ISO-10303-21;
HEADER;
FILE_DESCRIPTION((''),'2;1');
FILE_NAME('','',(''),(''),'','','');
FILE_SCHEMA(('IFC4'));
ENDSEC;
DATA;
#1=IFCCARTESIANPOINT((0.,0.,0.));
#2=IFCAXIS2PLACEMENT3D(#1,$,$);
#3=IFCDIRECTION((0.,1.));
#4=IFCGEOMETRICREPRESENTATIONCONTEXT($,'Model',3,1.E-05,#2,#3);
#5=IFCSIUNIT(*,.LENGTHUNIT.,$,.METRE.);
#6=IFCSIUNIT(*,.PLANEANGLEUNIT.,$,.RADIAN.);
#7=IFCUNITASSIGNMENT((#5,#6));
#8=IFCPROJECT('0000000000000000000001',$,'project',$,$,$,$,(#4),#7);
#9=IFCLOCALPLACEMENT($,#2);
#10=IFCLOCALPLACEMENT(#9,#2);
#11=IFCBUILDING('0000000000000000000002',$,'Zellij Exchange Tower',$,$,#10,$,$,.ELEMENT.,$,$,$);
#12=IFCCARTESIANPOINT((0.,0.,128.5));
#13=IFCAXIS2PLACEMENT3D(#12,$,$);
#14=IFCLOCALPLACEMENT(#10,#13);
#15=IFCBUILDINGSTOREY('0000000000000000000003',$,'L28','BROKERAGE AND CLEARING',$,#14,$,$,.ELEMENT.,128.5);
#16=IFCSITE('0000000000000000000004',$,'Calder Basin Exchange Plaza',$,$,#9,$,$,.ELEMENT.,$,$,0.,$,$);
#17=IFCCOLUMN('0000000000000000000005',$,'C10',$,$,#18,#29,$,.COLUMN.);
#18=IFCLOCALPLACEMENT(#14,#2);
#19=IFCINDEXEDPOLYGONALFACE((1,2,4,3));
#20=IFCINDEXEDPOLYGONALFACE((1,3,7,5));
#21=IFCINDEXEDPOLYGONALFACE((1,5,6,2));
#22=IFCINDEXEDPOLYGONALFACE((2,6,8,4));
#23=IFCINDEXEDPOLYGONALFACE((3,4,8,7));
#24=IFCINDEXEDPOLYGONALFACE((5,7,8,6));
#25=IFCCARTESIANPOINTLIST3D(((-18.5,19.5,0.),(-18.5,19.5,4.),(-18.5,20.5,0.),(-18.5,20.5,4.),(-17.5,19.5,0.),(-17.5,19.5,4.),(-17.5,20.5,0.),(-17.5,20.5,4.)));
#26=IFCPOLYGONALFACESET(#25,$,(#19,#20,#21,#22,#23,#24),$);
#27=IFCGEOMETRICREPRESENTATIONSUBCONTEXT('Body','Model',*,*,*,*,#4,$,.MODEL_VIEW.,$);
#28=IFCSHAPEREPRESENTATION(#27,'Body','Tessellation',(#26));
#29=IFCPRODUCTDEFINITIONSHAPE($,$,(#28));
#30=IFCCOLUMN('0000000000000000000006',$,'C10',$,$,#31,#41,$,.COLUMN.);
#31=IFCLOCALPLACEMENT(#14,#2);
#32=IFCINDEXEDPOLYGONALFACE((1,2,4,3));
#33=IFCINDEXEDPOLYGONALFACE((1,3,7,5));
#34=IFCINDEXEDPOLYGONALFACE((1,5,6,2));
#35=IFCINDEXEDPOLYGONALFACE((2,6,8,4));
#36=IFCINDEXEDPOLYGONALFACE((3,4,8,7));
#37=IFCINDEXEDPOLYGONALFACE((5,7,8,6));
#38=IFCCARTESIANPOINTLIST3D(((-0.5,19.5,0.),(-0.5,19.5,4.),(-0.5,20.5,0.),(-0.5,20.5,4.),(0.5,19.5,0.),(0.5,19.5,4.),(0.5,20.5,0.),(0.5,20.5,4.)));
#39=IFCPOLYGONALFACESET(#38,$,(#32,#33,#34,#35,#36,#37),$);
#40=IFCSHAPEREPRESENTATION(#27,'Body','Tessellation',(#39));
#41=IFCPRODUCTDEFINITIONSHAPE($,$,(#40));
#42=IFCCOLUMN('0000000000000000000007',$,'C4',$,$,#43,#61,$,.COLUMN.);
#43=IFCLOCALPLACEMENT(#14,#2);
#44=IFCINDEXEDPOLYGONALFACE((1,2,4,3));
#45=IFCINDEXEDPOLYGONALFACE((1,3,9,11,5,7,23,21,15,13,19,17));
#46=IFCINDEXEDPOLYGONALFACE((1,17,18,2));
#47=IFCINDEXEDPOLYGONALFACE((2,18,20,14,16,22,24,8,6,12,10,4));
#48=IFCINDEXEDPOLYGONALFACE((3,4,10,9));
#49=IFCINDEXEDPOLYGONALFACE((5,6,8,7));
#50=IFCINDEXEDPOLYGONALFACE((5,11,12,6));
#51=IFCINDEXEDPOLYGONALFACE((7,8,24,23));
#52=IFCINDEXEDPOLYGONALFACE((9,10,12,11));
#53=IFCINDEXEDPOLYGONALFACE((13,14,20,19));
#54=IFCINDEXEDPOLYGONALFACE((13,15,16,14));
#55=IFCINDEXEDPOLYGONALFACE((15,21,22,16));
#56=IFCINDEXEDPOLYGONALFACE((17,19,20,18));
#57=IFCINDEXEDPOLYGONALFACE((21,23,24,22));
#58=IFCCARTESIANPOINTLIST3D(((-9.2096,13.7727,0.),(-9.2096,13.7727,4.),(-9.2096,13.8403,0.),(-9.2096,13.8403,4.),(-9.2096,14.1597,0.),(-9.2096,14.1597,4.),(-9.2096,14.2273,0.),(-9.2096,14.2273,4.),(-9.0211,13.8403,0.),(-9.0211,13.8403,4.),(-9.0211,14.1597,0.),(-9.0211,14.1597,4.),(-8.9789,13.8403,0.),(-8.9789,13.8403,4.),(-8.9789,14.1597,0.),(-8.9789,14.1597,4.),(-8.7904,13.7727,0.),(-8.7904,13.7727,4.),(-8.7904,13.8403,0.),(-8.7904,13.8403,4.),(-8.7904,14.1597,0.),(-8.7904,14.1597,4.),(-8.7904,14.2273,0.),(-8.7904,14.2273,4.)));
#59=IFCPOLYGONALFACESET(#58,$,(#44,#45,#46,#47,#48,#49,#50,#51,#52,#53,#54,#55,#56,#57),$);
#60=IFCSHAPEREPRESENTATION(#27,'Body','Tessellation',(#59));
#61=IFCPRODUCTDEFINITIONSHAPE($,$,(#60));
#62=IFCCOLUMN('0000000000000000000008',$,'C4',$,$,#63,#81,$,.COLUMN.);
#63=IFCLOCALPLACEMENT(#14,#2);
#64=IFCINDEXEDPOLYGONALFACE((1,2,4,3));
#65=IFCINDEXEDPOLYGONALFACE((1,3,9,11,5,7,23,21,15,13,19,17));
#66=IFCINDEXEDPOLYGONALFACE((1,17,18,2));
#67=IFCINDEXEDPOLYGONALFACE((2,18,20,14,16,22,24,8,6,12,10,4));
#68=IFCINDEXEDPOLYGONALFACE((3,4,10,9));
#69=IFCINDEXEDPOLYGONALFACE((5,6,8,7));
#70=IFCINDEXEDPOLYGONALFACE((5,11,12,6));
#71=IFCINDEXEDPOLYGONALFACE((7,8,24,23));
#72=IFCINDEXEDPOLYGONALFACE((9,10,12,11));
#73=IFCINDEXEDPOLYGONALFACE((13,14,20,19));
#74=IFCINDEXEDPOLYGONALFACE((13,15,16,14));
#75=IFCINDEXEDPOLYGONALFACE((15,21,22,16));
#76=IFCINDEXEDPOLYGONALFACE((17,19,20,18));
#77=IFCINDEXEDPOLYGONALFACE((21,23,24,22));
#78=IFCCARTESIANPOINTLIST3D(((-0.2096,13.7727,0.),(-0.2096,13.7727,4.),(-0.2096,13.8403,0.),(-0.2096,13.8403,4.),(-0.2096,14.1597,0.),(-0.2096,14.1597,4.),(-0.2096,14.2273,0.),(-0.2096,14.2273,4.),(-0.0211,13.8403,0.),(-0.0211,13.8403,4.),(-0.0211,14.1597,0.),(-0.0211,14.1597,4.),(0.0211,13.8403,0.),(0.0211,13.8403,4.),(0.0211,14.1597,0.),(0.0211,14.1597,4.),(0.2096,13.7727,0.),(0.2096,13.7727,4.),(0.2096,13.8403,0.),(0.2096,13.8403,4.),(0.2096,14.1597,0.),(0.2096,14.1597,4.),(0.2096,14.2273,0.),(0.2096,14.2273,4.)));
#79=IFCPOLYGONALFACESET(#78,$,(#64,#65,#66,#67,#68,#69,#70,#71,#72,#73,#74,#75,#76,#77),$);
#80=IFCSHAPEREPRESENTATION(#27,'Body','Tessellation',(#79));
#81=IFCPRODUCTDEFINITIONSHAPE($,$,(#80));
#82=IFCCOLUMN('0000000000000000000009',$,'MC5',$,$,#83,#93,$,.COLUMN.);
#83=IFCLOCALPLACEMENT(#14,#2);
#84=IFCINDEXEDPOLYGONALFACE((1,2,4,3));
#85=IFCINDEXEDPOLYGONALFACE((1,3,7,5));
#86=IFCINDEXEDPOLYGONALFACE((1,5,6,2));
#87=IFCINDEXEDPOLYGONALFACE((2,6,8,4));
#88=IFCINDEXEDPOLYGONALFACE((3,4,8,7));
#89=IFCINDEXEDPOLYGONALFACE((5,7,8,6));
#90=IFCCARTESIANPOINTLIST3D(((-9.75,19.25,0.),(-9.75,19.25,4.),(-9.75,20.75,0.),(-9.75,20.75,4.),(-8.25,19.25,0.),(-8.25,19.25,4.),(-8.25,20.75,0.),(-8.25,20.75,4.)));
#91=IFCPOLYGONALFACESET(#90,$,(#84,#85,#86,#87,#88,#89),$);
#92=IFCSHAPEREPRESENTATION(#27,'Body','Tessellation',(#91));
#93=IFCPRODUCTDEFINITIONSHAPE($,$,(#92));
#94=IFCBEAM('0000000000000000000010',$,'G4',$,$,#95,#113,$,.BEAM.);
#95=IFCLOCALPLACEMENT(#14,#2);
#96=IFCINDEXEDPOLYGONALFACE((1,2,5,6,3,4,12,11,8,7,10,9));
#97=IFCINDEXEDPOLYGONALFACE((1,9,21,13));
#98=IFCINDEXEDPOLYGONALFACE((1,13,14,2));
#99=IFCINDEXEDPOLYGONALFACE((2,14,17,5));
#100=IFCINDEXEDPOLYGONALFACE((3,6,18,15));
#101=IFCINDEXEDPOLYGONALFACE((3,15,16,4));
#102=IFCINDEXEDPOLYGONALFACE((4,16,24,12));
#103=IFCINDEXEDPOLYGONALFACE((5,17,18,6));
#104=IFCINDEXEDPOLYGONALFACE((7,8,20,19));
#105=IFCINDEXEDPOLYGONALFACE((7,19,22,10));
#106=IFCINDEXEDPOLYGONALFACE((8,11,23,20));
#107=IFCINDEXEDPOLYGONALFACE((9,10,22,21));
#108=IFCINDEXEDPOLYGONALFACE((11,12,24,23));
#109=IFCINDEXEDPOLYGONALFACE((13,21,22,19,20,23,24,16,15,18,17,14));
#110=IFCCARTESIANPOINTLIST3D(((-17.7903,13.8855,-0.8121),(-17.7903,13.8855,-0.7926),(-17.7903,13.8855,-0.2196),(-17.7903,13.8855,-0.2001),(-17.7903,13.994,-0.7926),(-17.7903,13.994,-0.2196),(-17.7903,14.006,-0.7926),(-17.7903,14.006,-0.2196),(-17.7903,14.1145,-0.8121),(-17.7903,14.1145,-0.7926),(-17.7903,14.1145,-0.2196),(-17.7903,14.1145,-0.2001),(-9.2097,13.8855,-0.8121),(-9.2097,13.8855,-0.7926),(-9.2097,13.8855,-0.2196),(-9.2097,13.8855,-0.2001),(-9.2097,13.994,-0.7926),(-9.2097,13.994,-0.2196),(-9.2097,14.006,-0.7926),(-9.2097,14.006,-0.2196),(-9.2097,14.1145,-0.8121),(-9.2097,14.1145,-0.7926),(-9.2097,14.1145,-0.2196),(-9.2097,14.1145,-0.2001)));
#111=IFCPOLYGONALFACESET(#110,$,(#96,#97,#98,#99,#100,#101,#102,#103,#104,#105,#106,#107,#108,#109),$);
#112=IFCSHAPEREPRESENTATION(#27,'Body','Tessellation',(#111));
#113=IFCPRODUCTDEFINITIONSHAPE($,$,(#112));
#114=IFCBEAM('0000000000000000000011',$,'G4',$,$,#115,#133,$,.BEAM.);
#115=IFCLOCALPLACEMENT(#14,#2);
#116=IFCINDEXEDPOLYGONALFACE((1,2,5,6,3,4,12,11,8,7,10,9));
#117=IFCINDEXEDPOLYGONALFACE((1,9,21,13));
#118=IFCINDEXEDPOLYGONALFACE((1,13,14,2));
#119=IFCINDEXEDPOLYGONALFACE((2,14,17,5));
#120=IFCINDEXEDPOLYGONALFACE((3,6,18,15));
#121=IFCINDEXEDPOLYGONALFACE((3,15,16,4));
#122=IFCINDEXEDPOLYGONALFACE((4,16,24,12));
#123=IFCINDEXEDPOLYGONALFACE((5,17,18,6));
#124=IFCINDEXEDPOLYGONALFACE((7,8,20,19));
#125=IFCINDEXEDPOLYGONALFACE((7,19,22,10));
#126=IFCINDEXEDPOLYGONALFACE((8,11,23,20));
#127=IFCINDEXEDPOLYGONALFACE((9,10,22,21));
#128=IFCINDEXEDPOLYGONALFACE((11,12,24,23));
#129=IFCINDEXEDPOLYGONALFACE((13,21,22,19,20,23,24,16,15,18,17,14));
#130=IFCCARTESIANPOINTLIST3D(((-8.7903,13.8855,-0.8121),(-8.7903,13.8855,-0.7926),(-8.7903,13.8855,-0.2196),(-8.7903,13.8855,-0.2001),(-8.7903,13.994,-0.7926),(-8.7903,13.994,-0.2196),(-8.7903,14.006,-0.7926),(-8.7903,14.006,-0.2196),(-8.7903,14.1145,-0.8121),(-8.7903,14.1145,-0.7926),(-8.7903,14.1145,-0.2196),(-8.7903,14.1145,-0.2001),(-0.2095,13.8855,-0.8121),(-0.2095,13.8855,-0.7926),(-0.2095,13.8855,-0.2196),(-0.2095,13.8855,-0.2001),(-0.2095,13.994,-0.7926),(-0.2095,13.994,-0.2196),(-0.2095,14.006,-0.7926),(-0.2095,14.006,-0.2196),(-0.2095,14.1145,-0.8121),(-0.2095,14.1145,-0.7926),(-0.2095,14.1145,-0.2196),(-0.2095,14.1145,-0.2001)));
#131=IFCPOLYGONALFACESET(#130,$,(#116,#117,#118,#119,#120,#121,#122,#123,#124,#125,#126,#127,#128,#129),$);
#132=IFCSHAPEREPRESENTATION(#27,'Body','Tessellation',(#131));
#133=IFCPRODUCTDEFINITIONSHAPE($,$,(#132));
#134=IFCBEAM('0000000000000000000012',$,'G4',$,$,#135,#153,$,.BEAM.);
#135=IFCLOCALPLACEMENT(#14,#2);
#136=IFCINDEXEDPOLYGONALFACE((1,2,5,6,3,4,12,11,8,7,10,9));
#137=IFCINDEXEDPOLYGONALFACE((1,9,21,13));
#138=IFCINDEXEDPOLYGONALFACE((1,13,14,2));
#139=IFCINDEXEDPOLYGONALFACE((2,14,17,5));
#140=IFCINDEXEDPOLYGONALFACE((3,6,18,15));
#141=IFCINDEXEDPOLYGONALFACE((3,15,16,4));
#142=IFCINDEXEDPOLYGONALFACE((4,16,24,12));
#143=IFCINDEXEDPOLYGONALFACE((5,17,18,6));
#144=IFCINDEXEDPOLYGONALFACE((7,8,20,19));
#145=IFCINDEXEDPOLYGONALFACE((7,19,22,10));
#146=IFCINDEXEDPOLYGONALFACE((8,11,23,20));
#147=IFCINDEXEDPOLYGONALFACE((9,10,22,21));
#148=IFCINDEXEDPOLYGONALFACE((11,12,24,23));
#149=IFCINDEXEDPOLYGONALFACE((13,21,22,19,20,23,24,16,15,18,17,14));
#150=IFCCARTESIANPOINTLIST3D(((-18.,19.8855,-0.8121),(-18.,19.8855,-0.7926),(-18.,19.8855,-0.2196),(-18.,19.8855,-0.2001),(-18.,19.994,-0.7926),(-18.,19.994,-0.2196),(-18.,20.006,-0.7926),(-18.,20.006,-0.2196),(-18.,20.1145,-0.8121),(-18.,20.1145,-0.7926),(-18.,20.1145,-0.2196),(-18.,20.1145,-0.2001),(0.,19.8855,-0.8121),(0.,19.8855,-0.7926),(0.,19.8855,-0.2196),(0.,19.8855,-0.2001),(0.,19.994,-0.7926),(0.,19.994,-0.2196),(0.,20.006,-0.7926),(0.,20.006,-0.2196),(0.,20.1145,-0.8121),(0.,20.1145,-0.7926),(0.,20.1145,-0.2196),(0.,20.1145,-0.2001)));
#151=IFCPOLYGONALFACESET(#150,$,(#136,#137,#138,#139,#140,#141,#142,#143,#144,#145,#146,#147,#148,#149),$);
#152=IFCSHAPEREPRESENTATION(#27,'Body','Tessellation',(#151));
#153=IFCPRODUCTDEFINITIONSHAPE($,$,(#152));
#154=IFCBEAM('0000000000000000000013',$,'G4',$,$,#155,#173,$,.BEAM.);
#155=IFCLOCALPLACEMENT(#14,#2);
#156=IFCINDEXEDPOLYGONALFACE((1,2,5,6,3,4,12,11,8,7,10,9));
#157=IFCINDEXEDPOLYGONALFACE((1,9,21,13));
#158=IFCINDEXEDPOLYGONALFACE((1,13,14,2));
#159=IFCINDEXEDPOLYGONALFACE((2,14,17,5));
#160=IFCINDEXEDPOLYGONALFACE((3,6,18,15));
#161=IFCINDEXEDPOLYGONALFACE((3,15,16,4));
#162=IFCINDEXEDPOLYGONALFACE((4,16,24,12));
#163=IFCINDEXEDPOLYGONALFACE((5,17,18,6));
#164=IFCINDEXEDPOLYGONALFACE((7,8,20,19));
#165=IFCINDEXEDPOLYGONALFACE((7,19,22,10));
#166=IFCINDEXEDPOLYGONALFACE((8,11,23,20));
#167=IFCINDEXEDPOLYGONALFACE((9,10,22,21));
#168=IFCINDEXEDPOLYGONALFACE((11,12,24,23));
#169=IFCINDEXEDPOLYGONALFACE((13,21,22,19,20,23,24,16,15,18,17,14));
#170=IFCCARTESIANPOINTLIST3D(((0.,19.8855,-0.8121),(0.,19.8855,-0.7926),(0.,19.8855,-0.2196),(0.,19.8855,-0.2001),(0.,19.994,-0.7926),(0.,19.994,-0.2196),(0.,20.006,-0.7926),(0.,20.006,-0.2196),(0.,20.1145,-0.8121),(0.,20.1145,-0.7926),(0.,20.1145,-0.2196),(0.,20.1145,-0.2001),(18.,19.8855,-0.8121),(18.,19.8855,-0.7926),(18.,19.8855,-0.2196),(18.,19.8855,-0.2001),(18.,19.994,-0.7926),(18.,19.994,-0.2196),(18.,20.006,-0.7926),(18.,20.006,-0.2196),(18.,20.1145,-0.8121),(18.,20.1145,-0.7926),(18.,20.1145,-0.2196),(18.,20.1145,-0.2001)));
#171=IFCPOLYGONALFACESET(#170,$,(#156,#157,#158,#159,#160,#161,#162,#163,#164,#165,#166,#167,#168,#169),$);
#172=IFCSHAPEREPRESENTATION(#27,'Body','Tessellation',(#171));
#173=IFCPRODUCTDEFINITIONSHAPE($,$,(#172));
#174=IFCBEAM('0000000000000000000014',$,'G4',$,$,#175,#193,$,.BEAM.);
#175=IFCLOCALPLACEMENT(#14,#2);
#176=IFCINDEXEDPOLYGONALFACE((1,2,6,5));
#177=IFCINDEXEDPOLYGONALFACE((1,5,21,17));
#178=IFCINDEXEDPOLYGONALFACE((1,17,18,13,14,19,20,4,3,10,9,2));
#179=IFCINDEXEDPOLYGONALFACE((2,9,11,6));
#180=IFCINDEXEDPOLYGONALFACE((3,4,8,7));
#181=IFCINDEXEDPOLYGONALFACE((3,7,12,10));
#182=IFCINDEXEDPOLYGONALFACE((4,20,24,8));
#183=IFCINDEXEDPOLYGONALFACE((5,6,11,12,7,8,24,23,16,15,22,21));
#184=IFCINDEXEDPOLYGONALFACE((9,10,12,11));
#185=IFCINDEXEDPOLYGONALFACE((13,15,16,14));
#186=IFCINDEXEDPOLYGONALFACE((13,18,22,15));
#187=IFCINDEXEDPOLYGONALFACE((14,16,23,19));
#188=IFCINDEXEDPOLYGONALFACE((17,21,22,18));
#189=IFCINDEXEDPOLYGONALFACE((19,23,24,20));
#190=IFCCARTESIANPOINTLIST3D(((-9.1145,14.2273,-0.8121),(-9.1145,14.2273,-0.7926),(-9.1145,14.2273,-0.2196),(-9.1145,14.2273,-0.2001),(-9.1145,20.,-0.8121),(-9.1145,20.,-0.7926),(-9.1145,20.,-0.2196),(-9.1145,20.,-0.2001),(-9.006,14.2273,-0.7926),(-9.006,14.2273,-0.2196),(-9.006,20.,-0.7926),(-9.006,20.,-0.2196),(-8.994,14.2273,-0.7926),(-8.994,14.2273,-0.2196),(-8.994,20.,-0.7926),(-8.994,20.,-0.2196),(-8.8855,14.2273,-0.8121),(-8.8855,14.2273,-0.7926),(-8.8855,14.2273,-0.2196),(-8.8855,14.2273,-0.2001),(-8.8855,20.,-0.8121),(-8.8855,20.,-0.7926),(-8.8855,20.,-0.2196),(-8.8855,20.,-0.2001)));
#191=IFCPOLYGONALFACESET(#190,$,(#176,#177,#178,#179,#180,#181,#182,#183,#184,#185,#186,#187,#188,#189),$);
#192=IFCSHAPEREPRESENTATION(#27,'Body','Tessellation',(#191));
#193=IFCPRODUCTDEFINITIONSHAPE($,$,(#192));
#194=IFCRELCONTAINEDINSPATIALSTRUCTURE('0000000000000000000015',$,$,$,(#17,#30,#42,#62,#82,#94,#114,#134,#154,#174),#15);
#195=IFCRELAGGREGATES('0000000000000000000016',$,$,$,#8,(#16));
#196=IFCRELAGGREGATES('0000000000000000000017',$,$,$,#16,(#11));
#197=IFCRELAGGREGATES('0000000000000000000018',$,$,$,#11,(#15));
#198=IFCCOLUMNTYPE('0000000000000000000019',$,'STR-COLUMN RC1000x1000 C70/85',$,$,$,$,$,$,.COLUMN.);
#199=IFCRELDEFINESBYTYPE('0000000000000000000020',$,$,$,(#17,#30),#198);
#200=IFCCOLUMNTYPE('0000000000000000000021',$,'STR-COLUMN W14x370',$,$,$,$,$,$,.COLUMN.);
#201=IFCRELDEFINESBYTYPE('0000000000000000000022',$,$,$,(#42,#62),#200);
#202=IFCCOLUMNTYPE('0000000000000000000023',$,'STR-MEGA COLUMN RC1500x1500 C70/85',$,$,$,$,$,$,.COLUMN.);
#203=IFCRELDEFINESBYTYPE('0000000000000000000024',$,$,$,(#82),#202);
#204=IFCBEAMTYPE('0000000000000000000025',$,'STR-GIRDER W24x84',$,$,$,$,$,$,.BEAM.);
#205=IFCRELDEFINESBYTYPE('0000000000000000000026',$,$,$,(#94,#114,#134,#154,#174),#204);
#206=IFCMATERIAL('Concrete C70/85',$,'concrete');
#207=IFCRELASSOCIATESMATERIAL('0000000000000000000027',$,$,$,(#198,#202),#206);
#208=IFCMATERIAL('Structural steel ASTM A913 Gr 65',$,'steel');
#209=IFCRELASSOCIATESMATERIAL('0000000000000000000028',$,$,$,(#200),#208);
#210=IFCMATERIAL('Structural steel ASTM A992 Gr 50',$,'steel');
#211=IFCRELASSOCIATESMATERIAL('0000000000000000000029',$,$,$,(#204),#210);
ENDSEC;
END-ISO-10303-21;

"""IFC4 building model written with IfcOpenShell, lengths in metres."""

from ifc_helpers import new_model, si_unit, direction, frame, origin, origin_2d, place, context, subcontext, project, spatial, rectangle, i_section, extrude, material, material_profile, profile_set, type_object, element, save


model = new_model("IFC4")

# Units and contexts
model_context = context("Model", 3, precision=1e-05, world=origin(), true_north=direction((0.0, 1.0)))
body_context = subcontext(model_context, "Body", "Model", "MODEL_VIEW")
ifc_project = project(units=[si_unit("LENGTHUNIT", "METRE"), si_unit("PLANEANGLEUNIT", "RADIAN")], contexts=[model_context])

# Site, building, storey
site_placement = place(None, origin())
site = spatial("IfcSite", under=ifc_project, at=site_placement, Name="Calder Basin Exchange Plaza", CompositionType="ELEMENT", RefElevation=0.0)
building_placement = place(site_placement, origin())
building = spatial("IfcBuilding", under=site, at=building_placement, Name="Zellij Exchange Tower", CompositionType="ELEMENT")
storey_placement = place(building_placement, frame((0.0, 0.0, 128.5)))
storey = spatial("IfcBuildingStorey", under=building, at=storey_placement, Name="L28", Description="BROKERAGE AND CLEARING", CompositionType="ELEMENT", Elevation=128.5)

# Columns
ifc_material_1 = material(Name="Concrete C70/85", Category="concrete")
ifc_material_profile_1 = material_profile(ifc_material_1, rectangle(XDim=1.0, YDim=1.0, at=origin_2d()), Name="STR-COLUMN RC1000x1000 C70/85")
ifc_profile_set_1 = profile_set([ifc_material_profile_1], Name="Concrete C70/85")
column_type_1 = type_object("IfcColumnType", Name="STR-COLUMN RC1000x1000 C70/85", PredefinedType="COLUMN", material=ifc_profile_set_1)
for number, where, z_axis, x_axis, name in (
    (1, (-18.0, 20.0, 0.0), (0.0, 0.0, 1.0), (1.0, 0.0, 0.0), "C10"),
    (2, (0.0, 20.0, 0.0), (0.0, 0.0, 1.0), (1.0, 0.0, 0.0), "C10"),
):
    element("IfcColumn", number, at=place(storey_placement, frame(where, z_axis=z_axis, x_axis=x_axis)), inside=storey, type_object=column_type_1, Name=name, PredefinedType="COLUMN", context=body_context, shape_type="SweptSolid", body=[
        extrude(rectangle(XDim=1.0, YDim=1.0, at=origin_2d()), origin(), (0.0, 0.0, 1.0), 4.0),
    ])
ifc_material_2 = material(Name="Structural steel ASTM A913 Gr 65", Category="steel")
ifc_material_profile_2 = material_profile(ifc_material_2, i_section(OverallWidth=0.4192, OverallDepth=0.4546, WebThickness=0.0422, FlangeThickness=0.0676, at=origin_2d()), Name="W14x370")
ifc_profile_set_2 = profile_set([ifc_material_profile_2], Name="Structural steel ASTM A913 Gr 65")
column_type_2 = type_object("IfcColumnType", Name="STR-COLUMN W14x370", PredefinedType="COLUMN", material=ifc_profile_set_2)
for number, where, z_axis, x_axis, name in (
    (3, (-9.0, 14.0, 0.0), (0.0, 0.0, 1.0), (1.0, 0.0, 0.0), "C4"),
    (4, (0.0, 14.0, 0.0), (0.0, 0.0, 1.0), (1.0, 0.0, 0.0), "C4"),
):
    element("IfcColumn", number, at=place(storey_placement, frame(where, z_axis=z_axis, x_axis=x_axis)), inside=storey, type_object=column_type_2, Name=name, PredefinedType="COLUMN", context=body_context, shape_type="SweptSolid", body=[
        extrude(i_section(OverallWidth=0.4192, OverallDepth=0.4546, WebThickness=0.0422, FlangeThickness=0.0676, at=origin_2d()), origin(), (0.0, 0.0, 1.0), 4.0),
    ])
ifc_material_profile_3 = material_profile(ifc_material_1, rectangle(XDim=1.5, YDim=1.5, at=origin_2d()), Name="STR-MEGA COLUMN RC1500x1500 C70/85")
ifc_profile_set_3 = profile_set([ifc_material_profile_3], Name="Concrete C70/85")
column_type_3 = type_object("IfcColumnType", Name="STR-MEGA COLUMN RC1500x1500 C70/85", PredefinedType="COLUMN", material=ifc_profile_set_3)
column_placement = place(storey_placement, frame((-9.0, 20.0, 0.0), z_axis=(0.0, 0.0, 1.0), x_axis=(1.0, 0.0, 0.0)))
element("IfcColumn", 5, at=column_placement, inside=storey, type_object=column_type_3, Name="MC5", PredefinedType="COLUMN", context=body_context, shape_type="SweptSolid", body=[
    extrude(rectangle(XDim=1.5, YDim=1.5, at=origin_2d()), origin(), (0.0, 0.0, 1.0), 4.0),
])

# Beams
ifc_material_3 = material(Name="Structural steel ASTM A992 Gr 50", Category="steel")
ifc_material_profile_4 = material_profile(ifc_material_3, i_section(OverallWidth=0.229, OverallDepth=0.6121, WebThickness=0.012, FlangeThickness=0.0195, at=origin_2d()), Name="W24x84")
ifc_profile_set_4 = profile_set([ifc_material_profile_4], Name="Structural steel ASTM A992 Gr 50")
beam_type = type_object("IfcBeamType", Name="STR-GIRDER W24x84", PredefinedType="BEAM", material=ifc_profile_set_4)
beam_1_placement = place(storey_placement, frame((-17.7903, 14.0, -0.5061), z_axis=(1.0, 0.0, 0.0), x_axis=(0.0, 1.0, 0.0)))
element("IfcBeam", 6, at=beam_1_placement, inside=storey, type_object=beam_type, Name="G4", PredefinedType="BEAM", context=body_context, shape_type="SweptSolid", body=[
    extrude(i_section(OverallWidth=0.229, OverallDepth=0.6121, WebThickness=0.012, FlangeThickness=0.0195, at=origin_2d()), origin(), (0.0, 0.0, 1.0), 8.5806),
])
beam_2_placement = place(storey_placement, frame((-8.7903, 14.0, -0.5061), z_axis=(1.0, 0.0, 0.0), x_axis=(0.0, 1.0, 0.0)))
element("IfcBeam", 7, at=beam_2_placement, inside=storey, type_object=beam_type, Name="G4", PredefinedType="BEAM", context=body_context, shape_type="SweptSolid", body=[
    extrude(i_section(OverallWidth=0.229, OverallDepth=0.6121, WebThickness=0.012, FlangeThickness=0.0195, at=origin_2d()), origin(), (0.0, 0.0, 1.0), 8.5808),
])
for number, where, z_axis, x_axis, name in (
    (8, (-18.0, 20.0, -0.5061), (1.0, 0.0, 0.0), (0.0, 1.0, 0.0), "G4"),
    (9, (0.0, 20.0, -0.5061), (1.0, 0.0, 0.0), (0.0, 1.0, 0.0), "G4"),
):
    element("IfcBeam", number, at=place(storey_placement, frame(where, z_axis=z_axis, x_axis=x_axis)), inside=storey, type_object=beam_type, Name=name, PredefinedType="BEAM", context=body_context, shape_type="SweptSolid", body=[
        extrude(i_section(OverallWidth=0.229, OverallDepth=0.6121, WebThickness=0.012, FlangeThickness=0.0195, at=origin_2d()), origin(), (0.0, 0.0, 1.0), 18.0),
    ])
for number, where, z_axis, x_axis, name in (
    (10, (-9.0, 14.2273, -0.5061), (0.0, 1.0, 0.0), (-1.0, 0.0, 0.0), "G4"),
):
    element("IfcBeam", number, at=place(storey_placement, frame(where, z_axis=z_axis, x_axis=x_axis)), inside=storey, type_object=beam_type, Name=name, PredefinedType="BEAM", context=body_context, shape_type="SweptSolid", body=[
        extrude(i_section(OverallWidth=0.229, OverallDepth=0.6121, WebThickness=0.012, FlangeThickness=0.0195, at=origin_2d()), origin(), (0.0, 0.0, 1.0), 5.7727),
    ])

save(model, "model.ifc")
